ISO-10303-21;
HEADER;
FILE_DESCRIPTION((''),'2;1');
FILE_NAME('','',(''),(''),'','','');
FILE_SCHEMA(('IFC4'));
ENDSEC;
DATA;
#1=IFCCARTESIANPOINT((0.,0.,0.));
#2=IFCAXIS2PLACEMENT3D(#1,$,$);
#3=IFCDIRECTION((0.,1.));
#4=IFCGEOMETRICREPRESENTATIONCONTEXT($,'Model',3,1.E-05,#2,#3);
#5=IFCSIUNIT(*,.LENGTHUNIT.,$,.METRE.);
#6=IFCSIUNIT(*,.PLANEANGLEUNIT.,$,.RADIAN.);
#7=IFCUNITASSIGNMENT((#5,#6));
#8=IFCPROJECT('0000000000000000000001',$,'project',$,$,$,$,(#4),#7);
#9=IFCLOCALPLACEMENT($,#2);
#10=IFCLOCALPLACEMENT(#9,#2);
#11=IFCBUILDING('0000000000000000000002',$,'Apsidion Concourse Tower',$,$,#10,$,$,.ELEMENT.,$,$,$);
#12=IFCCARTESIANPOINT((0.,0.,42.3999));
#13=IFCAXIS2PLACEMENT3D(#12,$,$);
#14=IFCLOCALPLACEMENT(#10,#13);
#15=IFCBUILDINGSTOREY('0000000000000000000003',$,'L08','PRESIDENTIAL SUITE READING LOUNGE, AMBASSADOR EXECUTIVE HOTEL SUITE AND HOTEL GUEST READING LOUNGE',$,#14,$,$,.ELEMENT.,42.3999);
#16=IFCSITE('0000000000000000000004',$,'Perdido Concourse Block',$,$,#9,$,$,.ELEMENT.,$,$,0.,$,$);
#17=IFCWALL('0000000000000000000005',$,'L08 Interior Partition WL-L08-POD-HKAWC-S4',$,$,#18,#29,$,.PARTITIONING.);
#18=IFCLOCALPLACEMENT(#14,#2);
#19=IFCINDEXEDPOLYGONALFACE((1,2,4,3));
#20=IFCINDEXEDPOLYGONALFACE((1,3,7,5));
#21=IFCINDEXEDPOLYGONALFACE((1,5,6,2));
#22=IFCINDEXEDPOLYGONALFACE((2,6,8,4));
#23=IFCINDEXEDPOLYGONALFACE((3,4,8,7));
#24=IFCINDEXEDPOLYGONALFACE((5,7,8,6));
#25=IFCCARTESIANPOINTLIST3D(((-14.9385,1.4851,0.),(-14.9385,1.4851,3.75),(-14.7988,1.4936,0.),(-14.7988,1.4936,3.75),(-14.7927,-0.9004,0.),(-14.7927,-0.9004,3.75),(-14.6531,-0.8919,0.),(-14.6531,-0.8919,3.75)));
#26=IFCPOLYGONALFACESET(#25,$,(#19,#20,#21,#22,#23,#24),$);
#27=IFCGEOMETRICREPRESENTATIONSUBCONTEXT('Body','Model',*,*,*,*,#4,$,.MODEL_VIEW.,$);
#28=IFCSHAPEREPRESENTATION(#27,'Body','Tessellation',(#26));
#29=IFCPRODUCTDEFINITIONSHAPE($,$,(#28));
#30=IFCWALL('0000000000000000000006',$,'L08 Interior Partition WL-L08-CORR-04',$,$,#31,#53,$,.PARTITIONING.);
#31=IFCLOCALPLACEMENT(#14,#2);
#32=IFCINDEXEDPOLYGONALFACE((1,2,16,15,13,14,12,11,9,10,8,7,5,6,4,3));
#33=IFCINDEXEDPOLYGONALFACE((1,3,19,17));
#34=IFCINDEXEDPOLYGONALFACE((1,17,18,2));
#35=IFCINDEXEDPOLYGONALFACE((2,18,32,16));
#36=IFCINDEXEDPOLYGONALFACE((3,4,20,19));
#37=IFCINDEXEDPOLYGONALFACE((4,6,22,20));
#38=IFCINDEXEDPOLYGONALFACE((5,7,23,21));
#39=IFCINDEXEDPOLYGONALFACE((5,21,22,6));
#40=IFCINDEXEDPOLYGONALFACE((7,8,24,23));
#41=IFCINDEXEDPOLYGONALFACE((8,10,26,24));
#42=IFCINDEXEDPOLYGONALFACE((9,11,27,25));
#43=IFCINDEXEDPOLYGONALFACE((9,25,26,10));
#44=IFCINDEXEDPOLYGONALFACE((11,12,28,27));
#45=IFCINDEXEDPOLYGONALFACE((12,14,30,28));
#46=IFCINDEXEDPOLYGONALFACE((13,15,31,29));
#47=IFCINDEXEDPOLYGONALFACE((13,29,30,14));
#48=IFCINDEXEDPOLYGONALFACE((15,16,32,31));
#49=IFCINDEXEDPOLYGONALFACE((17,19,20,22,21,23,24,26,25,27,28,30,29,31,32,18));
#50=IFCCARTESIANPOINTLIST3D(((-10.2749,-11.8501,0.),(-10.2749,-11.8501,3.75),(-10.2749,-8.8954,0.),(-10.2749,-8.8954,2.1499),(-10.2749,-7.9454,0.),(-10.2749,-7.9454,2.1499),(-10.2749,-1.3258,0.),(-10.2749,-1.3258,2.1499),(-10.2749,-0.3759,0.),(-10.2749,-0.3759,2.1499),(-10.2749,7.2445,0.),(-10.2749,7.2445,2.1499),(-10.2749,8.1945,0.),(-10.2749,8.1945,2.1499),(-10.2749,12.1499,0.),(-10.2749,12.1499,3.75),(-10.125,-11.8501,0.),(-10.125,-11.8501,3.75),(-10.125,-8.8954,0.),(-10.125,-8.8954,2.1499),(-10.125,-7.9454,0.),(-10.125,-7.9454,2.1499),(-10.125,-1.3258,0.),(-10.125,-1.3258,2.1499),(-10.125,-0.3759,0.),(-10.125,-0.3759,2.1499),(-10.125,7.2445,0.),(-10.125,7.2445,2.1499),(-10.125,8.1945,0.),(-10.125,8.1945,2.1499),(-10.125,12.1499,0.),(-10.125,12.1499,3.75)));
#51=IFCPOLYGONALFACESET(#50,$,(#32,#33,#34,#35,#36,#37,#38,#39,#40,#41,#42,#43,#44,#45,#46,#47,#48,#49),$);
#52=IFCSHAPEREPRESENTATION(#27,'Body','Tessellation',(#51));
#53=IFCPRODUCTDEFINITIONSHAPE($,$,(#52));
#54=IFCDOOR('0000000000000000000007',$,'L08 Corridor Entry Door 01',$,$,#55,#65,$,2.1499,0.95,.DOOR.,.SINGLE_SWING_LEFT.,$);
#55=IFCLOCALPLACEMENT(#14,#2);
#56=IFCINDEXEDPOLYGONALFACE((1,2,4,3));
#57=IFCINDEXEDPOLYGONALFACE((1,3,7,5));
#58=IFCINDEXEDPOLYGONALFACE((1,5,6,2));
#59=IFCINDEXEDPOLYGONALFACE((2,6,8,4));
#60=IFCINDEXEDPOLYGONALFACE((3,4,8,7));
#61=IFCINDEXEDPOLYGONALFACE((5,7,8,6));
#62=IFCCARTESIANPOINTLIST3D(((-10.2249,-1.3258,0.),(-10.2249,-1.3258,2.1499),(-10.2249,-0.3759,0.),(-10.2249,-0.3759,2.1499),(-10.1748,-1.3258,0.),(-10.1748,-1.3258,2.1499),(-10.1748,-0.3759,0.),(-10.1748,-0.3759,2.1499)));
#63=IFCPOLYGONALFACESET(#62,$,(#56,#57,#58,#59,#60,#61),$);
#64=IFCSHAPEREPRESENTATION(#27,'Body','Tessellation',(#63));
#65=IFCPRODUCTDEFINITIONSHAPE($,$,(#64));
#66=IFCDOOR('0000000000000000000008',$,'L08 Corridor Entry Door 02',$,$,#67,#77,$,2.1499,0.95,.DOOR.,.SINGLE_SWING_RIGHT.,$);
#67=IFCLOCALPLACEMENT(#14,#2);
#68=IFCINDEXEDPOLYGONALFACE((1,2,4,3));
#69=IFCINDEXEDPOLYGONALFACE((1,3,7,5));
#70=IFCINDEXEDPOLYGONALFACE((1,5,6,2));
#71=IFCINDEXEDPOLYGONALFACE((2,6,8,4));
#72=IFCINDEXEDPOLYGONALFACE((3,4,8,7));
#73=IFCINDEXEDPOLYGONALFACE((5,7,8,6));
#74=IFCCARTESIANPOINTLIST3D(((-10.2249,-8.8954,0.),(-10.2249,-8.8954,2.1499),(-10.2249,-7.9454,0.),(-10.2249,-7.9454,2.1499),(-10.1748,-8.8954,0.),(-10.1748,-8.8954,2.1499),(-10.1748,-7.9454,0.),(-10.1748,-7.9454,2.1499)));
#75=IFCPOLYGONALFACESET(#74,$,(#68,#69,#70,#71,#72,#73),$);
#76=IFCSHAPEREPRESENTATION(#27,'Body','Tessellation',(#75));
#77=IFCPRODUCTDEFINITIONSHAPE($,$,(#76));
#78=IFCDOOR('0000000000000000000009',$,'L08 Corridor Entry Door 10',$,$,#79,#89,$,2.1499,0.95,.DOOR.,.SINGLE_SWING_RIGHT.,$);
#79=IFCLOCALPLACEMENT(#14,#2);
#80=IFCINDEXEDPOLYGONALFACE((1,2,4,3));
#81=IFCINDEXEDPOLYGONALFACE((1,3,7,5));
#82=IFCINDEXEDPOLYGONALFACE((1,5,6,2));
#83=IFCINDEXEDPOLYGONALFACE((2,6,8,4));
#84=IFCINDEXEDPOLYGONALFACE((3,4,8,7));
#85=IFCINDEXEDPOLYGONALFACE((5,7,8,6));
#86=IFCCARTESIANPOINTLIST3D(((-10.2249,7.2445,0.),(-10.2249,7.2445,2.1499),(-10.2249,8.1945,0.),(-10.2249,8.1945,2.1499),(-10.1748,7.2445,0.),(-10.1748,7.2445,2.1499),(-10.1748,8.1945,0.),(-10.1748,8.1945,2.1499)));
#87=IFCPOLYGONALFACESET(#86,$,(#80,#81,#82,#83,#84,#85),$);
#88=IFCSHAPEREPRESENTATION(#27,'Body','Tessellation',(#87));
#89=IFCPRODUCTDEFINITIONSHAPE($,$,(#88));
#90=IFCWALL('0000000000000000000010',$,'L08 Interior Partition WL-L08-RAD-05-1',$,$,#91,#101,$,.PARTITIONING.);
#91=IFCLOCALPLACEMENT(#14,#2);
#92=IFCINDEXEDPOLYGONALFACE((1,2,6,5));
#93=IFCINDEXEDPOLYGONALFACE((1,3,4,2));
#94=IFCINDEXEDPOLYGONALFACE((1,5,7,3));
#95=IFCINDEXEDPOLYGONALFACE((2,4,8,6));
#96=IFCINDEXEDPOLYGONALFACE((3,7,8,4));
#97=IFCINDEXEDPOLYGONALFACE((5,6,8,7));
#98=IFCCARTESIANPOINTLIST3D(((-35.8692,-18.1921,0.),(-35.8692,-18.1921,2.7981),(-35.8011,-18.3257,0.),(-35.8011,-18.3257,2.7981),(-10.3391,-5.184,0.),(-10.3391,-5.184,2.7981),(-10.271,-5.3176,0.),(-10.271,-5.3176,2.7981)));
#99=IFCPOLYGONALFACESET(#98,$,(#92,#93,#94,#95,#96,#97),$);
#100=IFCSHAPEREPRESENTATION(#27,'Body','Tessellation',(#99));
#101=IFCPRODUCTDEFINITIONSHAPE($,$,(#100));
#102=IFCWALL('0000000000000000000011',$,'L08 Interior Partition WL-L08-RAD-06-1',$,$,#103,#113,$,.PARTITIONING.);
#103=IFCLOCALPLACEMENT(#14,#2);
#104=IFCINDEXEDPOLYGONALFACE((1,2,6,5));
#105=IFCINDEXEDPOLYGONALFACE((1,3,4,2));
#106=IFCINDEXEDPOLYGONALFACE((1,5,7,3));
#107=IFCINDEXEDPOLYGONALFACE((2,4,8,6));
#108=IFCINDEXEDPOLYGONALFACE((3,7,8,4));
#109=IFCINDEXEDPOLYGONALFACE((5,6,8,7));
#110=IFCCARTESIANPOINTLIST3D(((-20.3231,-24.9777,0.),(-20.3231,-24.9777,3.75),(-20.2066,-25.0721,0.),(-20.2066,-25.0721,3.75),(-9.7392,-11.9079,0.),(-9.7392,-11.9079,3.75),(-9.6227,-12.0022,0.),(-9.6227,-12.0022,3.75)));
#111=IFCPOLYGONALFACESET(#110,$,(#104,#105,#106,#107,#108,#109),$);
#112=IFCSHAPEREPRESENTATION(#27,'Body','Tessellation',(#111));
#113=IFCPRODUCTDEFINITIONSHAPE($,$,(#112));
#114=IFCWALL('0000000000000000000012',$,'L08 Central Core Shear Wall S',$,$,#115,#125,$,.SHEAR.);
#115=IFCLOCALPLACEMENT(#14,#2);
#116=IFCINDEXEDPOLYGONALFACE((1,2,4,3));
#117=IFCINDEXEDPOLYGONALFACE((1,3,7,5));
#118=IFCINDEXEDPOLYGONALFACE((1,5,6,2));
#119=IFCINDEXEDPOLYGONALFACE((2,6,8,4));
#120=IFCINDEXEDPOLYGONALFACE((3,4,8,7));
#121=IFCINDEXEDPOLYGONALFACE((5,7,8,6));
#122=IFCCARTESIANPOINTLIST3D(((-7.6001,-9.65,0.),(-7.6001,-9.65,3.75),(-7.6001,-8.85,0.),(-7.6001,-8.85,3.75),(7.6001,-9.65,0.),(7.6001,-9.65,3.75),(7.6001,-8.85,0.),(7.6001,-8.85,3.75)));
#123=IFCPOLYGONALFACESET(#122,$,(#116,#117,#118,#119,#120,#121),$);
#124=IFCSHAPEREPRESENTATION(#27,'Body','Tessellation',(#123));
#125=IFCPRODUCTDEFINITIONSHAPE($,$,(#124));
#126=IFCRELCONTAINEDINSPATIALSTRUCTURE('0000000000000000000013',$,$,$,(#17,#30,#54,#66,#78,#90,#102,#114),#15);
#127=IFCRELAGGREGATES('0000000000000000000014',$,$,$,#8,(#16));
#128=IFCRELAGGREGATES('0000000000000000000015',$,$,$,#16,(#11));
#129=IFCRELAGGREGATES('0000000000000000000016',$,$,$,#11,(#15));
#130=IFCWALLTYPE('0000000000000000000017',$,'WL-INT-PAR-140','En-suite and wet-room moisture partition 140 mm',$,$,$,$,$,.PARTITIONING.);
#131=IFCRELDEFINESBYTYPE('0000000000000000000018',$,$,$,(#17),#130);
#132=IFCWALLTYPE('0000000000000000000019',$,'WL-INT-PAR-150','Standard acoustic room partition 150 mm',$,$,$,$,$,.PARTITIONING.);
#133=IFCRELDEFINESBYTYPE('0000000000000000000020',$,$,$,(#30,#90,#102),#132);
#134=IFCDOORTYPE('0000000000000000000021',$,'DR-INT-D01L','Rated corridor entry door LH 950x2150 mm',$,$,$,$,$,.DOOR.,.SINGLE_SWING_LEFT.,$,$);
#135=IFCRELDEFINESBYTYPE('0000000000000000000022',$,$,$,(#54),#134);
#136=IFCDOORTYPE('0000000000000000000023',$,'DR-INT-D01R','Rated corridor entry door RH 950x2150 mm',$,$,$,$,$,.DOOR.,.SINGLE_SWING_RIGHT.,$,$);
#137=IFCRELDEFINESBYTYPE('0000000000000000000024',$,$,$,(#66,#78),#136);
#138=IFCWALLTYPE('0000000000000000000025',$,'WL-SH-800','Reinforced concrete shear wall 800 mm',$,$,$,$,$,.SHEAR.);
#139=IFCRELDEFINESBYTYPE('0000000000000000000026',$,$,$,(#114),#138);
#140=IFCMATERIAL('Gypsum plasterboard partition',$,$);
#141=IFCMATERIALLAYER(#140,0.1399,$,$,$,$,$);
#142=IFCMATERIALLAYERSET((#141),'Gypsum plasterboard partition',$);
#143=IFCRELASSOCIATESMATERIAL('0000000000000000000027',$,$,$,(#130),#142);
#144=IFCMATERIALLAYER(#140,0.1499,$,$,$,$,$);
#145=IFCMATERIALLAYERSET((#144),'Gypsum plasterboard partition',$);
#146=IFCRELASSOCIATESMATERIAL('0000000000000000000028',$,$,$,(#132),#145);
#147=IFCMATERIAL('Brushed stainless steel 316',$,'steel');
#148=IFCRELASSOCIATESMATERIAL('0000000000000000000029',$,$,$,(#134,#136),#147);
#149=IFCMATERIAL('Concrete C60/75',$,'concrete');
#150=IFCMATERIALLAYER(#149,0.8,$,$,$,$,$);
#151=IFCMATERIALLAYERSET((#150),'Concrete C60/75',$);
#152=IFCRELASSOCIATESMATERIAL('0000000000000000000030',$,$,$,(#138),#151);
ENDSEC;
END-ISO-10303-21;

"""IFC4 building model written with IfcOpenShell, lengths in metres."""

from ifc_helpers import new_model, si_unit, direction, frame, frame_2d, origin, place, context, subcontext, project, spatial, rectangle, extrude, material, layer, layer_set, type_object, element, fill, save


model = new_model("IFC4")

# Units and contexts
model_context = context("Model", 3, precision=1e-05, world=origin(), true_north=direction((0.0, 1.0)))
body_context = subcontext(model_context, "Body", "Model", "MODEL_VIEW")
ifc_project = project(units=[si_unit("LENGTHUNIT", "METRE"), si_unit("PLANEANGLEUNIT", "RADIAN")], contexts=[model_context])

# Site, building, storey
site_placement = place(None, origin())
site = spatial("IfcSite", under=ifc_project, at=site_placement, Name="Perdido Concourse Block", CompositionType="ELEMENT", RefElevation=0.0)
building_placement = place(site_placement, origin())
building = spatial("IfcBuilding", under=site, at=building_placement, Name="Apsidion Concourse Tower", CompositionType="ELEMENT")
storey_placement = place(building_placement, frame((0.0, 0.0, 42.3999)))
storey = spatial("IfcBuildingStorey", under=building, at=storey_placement, Name="L08", Description="PRESIDENTIAL SUITE READING LOUNGE, AMBASSADOR EXECUTIVE HOTEL SUITE AND HOTEL GUEST READING LOUNGE", CompositionType="ELEMENT", Elevation=42.3999)

# Shared definitions
ifc_material_1 = material(Name="Gypsum plasterboard partition")
ifc_layer_1 = layer(ifc_material_1, 0.1399)
ifc_layer_set_1 = layer_set([ifc_layer_1], Name="Gypsum plasterboard partition")
wall_type_1 = type_object("IfcWallType", Name="WL-INT-PAR-140", Description="En-suite and wet-room moisture partition 140 mm", PredefinedType="PARTITIONING", material=ifc_layer_set_1)

# Wall
wall_1_placement = place(storey_placement, frame((-14.7229, -0.896, 0.0), z_axis=(0.0, 0.0, 1.0), x_axis=(-0.060985, 0.998139, 0.0)))
element("IfcWall", 1, at=wall_1_placement, inside=storey, type_object=wall_type_1, Name="L08 Interior Partition WL-L08-POD-HKAWC-S4", PredefinedType="PARTITIONING", context=body_context, shape_type="SweptSolid", body=[
    extrude(rectangle(XDim=2.3899, YDim=0.1399, at=frame_2d((1.1948, 0.0))), origin(), (0.0, 0.0, 1.0), 3.75),
])

# Wall, openings, doors
ifc_layer_2 = layer(ifc_material_1, 0.1499)
ifc_layer_set_2 = layer_set([ifc_layer_2], Name="Gypsum plasterboard partition")
wall_type_2 = type_object("IfcWallType", Name="WL-INT-PAR-150", Description="Standard acoustic room partition 150 mm", PredefinedType="PARTITIONING", material=ifc_layer_set_2)
wall_2_placement = place(storey_placement, frame((-10.2, -11.8501, 0.0), z_axis=(0.0, 0.0, 1.0), x_axis=(0.0, 1.0, 0.0)))
wall_2 = element("IfcWall", 2, at=wall_2_placement, inside=storey, type_object=wall_type_2, Name="L08 Interior Partition WL-L08-CORR-04", PredefinedType="PARTITIONING", context=body_context, shape_type="SweptSolid", body=[
    extrude(rectangle(XDim=24.0, YDim=0.1499, at=frame_2d((12.0, 0.0))), origin(), (0.0, 0.0, 1.0), 3.75),
])
opening_1_placement = place(wall_2_placement, frame((10.5242, 0.0, 0.0)))
opening_1 = element("IfcOpeningElement", 3, at=opening_1_placement, cuts=wall_2, PredefinedType="OPENING", context=body_context, shape_type="SweptSolid", body=[
    extrude(rectangle(XDim=0.95, YDim=2.1499, at=frame_2d((0.4751, 1.075))), frame((0.0, 0.085, 0.0), z_axis=(0.0, -1.0, 0.0), x_axis=(1.0, 0.0, 0.0)), (0.0, 0.0, 1.0), 0.1699),
])
opening_2_placement = place(wall_2_placement, frame((2.9546, 0.0, 0.0)))
opening_2 = element("IfcOpeningElement", 4, at=opening_2_placement, cuts=wall_2, PredefinedType="OPENING", context=body_context, shape_type="SweptSolid", body=[
    extrude(rectangle(XDim=0.95, YDim=2.1499, at=frame_2d((0.4751, 1.075))), frame((0.0, 0.085, 0.0), z_axis=(0.0, -1.0, 0.0), x_axis=(1.0, 0.0, 0.0)), (0.0, 0.0, 1.0), 0.1699),
])
opening_3_placement = place(wall_2_placement, frame((19.0945, 0.0, 0.0)))
opening_3 = element("IfcOpeningElement", 5, at=opening_3_placement, cuts=wall_2, PredefinedType="OPENING", context=body_context, shape_type="SweptSolid", body=[
    extrude(rectangle(XDim=0.95, YDim=2.1499, at=frame_2d((0.4751, 1.075))), frame((0.0, 0.085, 0.0), z_axis=(0.0, -1.0, 0.0), x_axis=(1.0, 0.0, 0.0)), (0.0, 0.0, 1.0), 0.1699),
])
ifc_material_2 = material(Name="Brushed stainless steel 316", Category="steel")
door_type_1 = type_object("IfcDoorType", Name="DR-INT-D01L", Description="Rated corridor entry door LH 950x2150 mm", OperationType="SINGLE_SWING_LEFT", PredefinedType="DOOR", material=ifc_material_2)
door_1_placement = place(opening_1_placement, origin())
door_1 = element("IfcDoor", 6, at=door_1_placement, inside=storey, type_object=door_type_1, Name="L08 Corridor Entry Door 01", OperationType="SINGLE_SWING_LEFT", OverallHeight=2.1499, OverallWidth=0.95, PredefinedType="DOOR", context=body_context, shape_type="SweptSolid", body=[
    extrude(rectangle(XDim=0.95, YDim=2.1499, at=frame_2d((0.4751, 1.075))), frame((0.0, 0.0249, 0.0), z_axis=(0.0, -1.0, 0.0), x_axis=(1.0, 0.0, 0.0)), (0.0, 0.0, 1.0), 0.05),
])
fill(opening_1, door_1)
door_type_2 = type_object("IfcDoorType", Name="DR-INT-D01R", Description="Rated corridor entry door RH 950x2150 mm", OperationType="SINGLE_SWING_RIGHT", PredefinedType="DOOR", material=ifc_material_2)
door_2_placement = place(opening_2_placement, origin())
door_2 = element("IfcDoor", 7, at=door_2_placement, inside=storey, type_object=door_type_2, Name="L08 Corridor Entry Door 02", OperationType="SINGLE_SWING_RIGHT", OverallHeight=2.1499, OverallWidth=0.95, PredefinedType="DOOR", context=body_context, shape_type="SweptSolid", body=[
    extrude(rectangle(XDim=0.95, YDim=2.1499, at=frame_2d((0.4751, 1.075))), frame((0.0, 0.0249, 0.0), z_axis=(0.0, -1.0, 0.0), x_axis=(1.0, 0.0, 0.0)), (0.0, 0.0, 1.0), 0.05),
])
fill(opening_2, door_2)
door_3_placement = place(opening_3_placement, origin())
door_3 = element("IfcDoor", 8, at=door_3_placement, inside=storey, type_object=door_type_2, Name="L08 Corridor Entry Door 10", OperationType="SINGLE_SWING_RIGHT", OverallHeight=2.1499, OverallWidth=0.95, PredefinedType="DOOR", context=body_context, shape_type="SweptSolid", body=[
    extrude(rectangle(XDim=0.95, YDim=2.1499, at=frame_2d((0.4751, 1.075))), frame((0.0, 0.0249, 0.0), z_axis=(0.0, -1.0, 0.0), x_axis=(1.0, 0.0, 0.0)), (0.0, 0.0, 1.0), 0.05),
])
fill(opening_3, door_3)

# Walls
wall_3_placement = place(storey_placement, frame((-10.3049, -5.2507, 0.0), z_axis=(0.0, 0.0, 1.0), x_axis=(-0.891009, -0.453987, 0.0)))
element("IfcWall", 9, at=wall_3_placement, inside=storey, type_object=wall_type_2, Name="L08 Interior Partition WL-L08-RAD-05-1", PredefinedType="PARTITIONING", context=body_context, shape_type="SweptSolid", body=[
    extrude(rectangle(XDim=28.6531, YDim=0.1499, at=frame_2d((14.3267, 0.0))), origin(), (0.0, 0.0, 1.0), 2.7981),
])
wall_4_placement = place(storey_placement, frame((-9.6809, -11.9551, 0.0), z_axis=(0.0, 0.0, 1.0), x_axis=(-0.629329, -0.777139, 0.0)))
element("IfcWall", 10, at=wall_4_placement, inside=storey, type_object=wall_type_2, Name="L08 Interior Partition WL-L08-RAD-06-1", PredefinedType="PARTITIONING", context=body_context, shape_type="SweptSolid", body=[
    extrude(rectangle(XDim=16.8179, YDim=0.1499, at=frame_2d((8.4089, 0.0))), origin(), (0.0, 0.0, 1.0), 3.75),
])
ifc_material_3 = material(Name="Concrete C60/75", Category="concrete")
ifc_layer_3 = layer(ifc_material_3, 0.8)
ifc_layer_set_3 = layer_set([ifc_layer_3], Name="Concrete C60/75")
wall_type_3 = type_object("IfcWallType", Name="WL-SH-800", Description="Reinforced concrete shear wall 800 mm", PredefinedType="SHEAR", material=ifc_layer_set_3)
wall_5_placement = place(storey_placement, frame((-7.6001, -9.25, 0.0), z_axis=(0.0, 0.0, 1.0), x_axis=(1.0, 0.0, 0.0)))
element("IfcWall", 11, at=wall_5_placement, inside=storey, type_object=wall_type_3, Name="L08 Central Core Shear Wall S", PredefinedType="SHEAR", context=body_context, shape_type="SweptSolid", body=[
    extrude(rectangle(XDim=15.2002, YDim=0.8, at=frame_2d((7.6001, 0.0))), origin(), (0.0, 0.0, 1.0), 3.75),
])

save(model, "model.ifc")
